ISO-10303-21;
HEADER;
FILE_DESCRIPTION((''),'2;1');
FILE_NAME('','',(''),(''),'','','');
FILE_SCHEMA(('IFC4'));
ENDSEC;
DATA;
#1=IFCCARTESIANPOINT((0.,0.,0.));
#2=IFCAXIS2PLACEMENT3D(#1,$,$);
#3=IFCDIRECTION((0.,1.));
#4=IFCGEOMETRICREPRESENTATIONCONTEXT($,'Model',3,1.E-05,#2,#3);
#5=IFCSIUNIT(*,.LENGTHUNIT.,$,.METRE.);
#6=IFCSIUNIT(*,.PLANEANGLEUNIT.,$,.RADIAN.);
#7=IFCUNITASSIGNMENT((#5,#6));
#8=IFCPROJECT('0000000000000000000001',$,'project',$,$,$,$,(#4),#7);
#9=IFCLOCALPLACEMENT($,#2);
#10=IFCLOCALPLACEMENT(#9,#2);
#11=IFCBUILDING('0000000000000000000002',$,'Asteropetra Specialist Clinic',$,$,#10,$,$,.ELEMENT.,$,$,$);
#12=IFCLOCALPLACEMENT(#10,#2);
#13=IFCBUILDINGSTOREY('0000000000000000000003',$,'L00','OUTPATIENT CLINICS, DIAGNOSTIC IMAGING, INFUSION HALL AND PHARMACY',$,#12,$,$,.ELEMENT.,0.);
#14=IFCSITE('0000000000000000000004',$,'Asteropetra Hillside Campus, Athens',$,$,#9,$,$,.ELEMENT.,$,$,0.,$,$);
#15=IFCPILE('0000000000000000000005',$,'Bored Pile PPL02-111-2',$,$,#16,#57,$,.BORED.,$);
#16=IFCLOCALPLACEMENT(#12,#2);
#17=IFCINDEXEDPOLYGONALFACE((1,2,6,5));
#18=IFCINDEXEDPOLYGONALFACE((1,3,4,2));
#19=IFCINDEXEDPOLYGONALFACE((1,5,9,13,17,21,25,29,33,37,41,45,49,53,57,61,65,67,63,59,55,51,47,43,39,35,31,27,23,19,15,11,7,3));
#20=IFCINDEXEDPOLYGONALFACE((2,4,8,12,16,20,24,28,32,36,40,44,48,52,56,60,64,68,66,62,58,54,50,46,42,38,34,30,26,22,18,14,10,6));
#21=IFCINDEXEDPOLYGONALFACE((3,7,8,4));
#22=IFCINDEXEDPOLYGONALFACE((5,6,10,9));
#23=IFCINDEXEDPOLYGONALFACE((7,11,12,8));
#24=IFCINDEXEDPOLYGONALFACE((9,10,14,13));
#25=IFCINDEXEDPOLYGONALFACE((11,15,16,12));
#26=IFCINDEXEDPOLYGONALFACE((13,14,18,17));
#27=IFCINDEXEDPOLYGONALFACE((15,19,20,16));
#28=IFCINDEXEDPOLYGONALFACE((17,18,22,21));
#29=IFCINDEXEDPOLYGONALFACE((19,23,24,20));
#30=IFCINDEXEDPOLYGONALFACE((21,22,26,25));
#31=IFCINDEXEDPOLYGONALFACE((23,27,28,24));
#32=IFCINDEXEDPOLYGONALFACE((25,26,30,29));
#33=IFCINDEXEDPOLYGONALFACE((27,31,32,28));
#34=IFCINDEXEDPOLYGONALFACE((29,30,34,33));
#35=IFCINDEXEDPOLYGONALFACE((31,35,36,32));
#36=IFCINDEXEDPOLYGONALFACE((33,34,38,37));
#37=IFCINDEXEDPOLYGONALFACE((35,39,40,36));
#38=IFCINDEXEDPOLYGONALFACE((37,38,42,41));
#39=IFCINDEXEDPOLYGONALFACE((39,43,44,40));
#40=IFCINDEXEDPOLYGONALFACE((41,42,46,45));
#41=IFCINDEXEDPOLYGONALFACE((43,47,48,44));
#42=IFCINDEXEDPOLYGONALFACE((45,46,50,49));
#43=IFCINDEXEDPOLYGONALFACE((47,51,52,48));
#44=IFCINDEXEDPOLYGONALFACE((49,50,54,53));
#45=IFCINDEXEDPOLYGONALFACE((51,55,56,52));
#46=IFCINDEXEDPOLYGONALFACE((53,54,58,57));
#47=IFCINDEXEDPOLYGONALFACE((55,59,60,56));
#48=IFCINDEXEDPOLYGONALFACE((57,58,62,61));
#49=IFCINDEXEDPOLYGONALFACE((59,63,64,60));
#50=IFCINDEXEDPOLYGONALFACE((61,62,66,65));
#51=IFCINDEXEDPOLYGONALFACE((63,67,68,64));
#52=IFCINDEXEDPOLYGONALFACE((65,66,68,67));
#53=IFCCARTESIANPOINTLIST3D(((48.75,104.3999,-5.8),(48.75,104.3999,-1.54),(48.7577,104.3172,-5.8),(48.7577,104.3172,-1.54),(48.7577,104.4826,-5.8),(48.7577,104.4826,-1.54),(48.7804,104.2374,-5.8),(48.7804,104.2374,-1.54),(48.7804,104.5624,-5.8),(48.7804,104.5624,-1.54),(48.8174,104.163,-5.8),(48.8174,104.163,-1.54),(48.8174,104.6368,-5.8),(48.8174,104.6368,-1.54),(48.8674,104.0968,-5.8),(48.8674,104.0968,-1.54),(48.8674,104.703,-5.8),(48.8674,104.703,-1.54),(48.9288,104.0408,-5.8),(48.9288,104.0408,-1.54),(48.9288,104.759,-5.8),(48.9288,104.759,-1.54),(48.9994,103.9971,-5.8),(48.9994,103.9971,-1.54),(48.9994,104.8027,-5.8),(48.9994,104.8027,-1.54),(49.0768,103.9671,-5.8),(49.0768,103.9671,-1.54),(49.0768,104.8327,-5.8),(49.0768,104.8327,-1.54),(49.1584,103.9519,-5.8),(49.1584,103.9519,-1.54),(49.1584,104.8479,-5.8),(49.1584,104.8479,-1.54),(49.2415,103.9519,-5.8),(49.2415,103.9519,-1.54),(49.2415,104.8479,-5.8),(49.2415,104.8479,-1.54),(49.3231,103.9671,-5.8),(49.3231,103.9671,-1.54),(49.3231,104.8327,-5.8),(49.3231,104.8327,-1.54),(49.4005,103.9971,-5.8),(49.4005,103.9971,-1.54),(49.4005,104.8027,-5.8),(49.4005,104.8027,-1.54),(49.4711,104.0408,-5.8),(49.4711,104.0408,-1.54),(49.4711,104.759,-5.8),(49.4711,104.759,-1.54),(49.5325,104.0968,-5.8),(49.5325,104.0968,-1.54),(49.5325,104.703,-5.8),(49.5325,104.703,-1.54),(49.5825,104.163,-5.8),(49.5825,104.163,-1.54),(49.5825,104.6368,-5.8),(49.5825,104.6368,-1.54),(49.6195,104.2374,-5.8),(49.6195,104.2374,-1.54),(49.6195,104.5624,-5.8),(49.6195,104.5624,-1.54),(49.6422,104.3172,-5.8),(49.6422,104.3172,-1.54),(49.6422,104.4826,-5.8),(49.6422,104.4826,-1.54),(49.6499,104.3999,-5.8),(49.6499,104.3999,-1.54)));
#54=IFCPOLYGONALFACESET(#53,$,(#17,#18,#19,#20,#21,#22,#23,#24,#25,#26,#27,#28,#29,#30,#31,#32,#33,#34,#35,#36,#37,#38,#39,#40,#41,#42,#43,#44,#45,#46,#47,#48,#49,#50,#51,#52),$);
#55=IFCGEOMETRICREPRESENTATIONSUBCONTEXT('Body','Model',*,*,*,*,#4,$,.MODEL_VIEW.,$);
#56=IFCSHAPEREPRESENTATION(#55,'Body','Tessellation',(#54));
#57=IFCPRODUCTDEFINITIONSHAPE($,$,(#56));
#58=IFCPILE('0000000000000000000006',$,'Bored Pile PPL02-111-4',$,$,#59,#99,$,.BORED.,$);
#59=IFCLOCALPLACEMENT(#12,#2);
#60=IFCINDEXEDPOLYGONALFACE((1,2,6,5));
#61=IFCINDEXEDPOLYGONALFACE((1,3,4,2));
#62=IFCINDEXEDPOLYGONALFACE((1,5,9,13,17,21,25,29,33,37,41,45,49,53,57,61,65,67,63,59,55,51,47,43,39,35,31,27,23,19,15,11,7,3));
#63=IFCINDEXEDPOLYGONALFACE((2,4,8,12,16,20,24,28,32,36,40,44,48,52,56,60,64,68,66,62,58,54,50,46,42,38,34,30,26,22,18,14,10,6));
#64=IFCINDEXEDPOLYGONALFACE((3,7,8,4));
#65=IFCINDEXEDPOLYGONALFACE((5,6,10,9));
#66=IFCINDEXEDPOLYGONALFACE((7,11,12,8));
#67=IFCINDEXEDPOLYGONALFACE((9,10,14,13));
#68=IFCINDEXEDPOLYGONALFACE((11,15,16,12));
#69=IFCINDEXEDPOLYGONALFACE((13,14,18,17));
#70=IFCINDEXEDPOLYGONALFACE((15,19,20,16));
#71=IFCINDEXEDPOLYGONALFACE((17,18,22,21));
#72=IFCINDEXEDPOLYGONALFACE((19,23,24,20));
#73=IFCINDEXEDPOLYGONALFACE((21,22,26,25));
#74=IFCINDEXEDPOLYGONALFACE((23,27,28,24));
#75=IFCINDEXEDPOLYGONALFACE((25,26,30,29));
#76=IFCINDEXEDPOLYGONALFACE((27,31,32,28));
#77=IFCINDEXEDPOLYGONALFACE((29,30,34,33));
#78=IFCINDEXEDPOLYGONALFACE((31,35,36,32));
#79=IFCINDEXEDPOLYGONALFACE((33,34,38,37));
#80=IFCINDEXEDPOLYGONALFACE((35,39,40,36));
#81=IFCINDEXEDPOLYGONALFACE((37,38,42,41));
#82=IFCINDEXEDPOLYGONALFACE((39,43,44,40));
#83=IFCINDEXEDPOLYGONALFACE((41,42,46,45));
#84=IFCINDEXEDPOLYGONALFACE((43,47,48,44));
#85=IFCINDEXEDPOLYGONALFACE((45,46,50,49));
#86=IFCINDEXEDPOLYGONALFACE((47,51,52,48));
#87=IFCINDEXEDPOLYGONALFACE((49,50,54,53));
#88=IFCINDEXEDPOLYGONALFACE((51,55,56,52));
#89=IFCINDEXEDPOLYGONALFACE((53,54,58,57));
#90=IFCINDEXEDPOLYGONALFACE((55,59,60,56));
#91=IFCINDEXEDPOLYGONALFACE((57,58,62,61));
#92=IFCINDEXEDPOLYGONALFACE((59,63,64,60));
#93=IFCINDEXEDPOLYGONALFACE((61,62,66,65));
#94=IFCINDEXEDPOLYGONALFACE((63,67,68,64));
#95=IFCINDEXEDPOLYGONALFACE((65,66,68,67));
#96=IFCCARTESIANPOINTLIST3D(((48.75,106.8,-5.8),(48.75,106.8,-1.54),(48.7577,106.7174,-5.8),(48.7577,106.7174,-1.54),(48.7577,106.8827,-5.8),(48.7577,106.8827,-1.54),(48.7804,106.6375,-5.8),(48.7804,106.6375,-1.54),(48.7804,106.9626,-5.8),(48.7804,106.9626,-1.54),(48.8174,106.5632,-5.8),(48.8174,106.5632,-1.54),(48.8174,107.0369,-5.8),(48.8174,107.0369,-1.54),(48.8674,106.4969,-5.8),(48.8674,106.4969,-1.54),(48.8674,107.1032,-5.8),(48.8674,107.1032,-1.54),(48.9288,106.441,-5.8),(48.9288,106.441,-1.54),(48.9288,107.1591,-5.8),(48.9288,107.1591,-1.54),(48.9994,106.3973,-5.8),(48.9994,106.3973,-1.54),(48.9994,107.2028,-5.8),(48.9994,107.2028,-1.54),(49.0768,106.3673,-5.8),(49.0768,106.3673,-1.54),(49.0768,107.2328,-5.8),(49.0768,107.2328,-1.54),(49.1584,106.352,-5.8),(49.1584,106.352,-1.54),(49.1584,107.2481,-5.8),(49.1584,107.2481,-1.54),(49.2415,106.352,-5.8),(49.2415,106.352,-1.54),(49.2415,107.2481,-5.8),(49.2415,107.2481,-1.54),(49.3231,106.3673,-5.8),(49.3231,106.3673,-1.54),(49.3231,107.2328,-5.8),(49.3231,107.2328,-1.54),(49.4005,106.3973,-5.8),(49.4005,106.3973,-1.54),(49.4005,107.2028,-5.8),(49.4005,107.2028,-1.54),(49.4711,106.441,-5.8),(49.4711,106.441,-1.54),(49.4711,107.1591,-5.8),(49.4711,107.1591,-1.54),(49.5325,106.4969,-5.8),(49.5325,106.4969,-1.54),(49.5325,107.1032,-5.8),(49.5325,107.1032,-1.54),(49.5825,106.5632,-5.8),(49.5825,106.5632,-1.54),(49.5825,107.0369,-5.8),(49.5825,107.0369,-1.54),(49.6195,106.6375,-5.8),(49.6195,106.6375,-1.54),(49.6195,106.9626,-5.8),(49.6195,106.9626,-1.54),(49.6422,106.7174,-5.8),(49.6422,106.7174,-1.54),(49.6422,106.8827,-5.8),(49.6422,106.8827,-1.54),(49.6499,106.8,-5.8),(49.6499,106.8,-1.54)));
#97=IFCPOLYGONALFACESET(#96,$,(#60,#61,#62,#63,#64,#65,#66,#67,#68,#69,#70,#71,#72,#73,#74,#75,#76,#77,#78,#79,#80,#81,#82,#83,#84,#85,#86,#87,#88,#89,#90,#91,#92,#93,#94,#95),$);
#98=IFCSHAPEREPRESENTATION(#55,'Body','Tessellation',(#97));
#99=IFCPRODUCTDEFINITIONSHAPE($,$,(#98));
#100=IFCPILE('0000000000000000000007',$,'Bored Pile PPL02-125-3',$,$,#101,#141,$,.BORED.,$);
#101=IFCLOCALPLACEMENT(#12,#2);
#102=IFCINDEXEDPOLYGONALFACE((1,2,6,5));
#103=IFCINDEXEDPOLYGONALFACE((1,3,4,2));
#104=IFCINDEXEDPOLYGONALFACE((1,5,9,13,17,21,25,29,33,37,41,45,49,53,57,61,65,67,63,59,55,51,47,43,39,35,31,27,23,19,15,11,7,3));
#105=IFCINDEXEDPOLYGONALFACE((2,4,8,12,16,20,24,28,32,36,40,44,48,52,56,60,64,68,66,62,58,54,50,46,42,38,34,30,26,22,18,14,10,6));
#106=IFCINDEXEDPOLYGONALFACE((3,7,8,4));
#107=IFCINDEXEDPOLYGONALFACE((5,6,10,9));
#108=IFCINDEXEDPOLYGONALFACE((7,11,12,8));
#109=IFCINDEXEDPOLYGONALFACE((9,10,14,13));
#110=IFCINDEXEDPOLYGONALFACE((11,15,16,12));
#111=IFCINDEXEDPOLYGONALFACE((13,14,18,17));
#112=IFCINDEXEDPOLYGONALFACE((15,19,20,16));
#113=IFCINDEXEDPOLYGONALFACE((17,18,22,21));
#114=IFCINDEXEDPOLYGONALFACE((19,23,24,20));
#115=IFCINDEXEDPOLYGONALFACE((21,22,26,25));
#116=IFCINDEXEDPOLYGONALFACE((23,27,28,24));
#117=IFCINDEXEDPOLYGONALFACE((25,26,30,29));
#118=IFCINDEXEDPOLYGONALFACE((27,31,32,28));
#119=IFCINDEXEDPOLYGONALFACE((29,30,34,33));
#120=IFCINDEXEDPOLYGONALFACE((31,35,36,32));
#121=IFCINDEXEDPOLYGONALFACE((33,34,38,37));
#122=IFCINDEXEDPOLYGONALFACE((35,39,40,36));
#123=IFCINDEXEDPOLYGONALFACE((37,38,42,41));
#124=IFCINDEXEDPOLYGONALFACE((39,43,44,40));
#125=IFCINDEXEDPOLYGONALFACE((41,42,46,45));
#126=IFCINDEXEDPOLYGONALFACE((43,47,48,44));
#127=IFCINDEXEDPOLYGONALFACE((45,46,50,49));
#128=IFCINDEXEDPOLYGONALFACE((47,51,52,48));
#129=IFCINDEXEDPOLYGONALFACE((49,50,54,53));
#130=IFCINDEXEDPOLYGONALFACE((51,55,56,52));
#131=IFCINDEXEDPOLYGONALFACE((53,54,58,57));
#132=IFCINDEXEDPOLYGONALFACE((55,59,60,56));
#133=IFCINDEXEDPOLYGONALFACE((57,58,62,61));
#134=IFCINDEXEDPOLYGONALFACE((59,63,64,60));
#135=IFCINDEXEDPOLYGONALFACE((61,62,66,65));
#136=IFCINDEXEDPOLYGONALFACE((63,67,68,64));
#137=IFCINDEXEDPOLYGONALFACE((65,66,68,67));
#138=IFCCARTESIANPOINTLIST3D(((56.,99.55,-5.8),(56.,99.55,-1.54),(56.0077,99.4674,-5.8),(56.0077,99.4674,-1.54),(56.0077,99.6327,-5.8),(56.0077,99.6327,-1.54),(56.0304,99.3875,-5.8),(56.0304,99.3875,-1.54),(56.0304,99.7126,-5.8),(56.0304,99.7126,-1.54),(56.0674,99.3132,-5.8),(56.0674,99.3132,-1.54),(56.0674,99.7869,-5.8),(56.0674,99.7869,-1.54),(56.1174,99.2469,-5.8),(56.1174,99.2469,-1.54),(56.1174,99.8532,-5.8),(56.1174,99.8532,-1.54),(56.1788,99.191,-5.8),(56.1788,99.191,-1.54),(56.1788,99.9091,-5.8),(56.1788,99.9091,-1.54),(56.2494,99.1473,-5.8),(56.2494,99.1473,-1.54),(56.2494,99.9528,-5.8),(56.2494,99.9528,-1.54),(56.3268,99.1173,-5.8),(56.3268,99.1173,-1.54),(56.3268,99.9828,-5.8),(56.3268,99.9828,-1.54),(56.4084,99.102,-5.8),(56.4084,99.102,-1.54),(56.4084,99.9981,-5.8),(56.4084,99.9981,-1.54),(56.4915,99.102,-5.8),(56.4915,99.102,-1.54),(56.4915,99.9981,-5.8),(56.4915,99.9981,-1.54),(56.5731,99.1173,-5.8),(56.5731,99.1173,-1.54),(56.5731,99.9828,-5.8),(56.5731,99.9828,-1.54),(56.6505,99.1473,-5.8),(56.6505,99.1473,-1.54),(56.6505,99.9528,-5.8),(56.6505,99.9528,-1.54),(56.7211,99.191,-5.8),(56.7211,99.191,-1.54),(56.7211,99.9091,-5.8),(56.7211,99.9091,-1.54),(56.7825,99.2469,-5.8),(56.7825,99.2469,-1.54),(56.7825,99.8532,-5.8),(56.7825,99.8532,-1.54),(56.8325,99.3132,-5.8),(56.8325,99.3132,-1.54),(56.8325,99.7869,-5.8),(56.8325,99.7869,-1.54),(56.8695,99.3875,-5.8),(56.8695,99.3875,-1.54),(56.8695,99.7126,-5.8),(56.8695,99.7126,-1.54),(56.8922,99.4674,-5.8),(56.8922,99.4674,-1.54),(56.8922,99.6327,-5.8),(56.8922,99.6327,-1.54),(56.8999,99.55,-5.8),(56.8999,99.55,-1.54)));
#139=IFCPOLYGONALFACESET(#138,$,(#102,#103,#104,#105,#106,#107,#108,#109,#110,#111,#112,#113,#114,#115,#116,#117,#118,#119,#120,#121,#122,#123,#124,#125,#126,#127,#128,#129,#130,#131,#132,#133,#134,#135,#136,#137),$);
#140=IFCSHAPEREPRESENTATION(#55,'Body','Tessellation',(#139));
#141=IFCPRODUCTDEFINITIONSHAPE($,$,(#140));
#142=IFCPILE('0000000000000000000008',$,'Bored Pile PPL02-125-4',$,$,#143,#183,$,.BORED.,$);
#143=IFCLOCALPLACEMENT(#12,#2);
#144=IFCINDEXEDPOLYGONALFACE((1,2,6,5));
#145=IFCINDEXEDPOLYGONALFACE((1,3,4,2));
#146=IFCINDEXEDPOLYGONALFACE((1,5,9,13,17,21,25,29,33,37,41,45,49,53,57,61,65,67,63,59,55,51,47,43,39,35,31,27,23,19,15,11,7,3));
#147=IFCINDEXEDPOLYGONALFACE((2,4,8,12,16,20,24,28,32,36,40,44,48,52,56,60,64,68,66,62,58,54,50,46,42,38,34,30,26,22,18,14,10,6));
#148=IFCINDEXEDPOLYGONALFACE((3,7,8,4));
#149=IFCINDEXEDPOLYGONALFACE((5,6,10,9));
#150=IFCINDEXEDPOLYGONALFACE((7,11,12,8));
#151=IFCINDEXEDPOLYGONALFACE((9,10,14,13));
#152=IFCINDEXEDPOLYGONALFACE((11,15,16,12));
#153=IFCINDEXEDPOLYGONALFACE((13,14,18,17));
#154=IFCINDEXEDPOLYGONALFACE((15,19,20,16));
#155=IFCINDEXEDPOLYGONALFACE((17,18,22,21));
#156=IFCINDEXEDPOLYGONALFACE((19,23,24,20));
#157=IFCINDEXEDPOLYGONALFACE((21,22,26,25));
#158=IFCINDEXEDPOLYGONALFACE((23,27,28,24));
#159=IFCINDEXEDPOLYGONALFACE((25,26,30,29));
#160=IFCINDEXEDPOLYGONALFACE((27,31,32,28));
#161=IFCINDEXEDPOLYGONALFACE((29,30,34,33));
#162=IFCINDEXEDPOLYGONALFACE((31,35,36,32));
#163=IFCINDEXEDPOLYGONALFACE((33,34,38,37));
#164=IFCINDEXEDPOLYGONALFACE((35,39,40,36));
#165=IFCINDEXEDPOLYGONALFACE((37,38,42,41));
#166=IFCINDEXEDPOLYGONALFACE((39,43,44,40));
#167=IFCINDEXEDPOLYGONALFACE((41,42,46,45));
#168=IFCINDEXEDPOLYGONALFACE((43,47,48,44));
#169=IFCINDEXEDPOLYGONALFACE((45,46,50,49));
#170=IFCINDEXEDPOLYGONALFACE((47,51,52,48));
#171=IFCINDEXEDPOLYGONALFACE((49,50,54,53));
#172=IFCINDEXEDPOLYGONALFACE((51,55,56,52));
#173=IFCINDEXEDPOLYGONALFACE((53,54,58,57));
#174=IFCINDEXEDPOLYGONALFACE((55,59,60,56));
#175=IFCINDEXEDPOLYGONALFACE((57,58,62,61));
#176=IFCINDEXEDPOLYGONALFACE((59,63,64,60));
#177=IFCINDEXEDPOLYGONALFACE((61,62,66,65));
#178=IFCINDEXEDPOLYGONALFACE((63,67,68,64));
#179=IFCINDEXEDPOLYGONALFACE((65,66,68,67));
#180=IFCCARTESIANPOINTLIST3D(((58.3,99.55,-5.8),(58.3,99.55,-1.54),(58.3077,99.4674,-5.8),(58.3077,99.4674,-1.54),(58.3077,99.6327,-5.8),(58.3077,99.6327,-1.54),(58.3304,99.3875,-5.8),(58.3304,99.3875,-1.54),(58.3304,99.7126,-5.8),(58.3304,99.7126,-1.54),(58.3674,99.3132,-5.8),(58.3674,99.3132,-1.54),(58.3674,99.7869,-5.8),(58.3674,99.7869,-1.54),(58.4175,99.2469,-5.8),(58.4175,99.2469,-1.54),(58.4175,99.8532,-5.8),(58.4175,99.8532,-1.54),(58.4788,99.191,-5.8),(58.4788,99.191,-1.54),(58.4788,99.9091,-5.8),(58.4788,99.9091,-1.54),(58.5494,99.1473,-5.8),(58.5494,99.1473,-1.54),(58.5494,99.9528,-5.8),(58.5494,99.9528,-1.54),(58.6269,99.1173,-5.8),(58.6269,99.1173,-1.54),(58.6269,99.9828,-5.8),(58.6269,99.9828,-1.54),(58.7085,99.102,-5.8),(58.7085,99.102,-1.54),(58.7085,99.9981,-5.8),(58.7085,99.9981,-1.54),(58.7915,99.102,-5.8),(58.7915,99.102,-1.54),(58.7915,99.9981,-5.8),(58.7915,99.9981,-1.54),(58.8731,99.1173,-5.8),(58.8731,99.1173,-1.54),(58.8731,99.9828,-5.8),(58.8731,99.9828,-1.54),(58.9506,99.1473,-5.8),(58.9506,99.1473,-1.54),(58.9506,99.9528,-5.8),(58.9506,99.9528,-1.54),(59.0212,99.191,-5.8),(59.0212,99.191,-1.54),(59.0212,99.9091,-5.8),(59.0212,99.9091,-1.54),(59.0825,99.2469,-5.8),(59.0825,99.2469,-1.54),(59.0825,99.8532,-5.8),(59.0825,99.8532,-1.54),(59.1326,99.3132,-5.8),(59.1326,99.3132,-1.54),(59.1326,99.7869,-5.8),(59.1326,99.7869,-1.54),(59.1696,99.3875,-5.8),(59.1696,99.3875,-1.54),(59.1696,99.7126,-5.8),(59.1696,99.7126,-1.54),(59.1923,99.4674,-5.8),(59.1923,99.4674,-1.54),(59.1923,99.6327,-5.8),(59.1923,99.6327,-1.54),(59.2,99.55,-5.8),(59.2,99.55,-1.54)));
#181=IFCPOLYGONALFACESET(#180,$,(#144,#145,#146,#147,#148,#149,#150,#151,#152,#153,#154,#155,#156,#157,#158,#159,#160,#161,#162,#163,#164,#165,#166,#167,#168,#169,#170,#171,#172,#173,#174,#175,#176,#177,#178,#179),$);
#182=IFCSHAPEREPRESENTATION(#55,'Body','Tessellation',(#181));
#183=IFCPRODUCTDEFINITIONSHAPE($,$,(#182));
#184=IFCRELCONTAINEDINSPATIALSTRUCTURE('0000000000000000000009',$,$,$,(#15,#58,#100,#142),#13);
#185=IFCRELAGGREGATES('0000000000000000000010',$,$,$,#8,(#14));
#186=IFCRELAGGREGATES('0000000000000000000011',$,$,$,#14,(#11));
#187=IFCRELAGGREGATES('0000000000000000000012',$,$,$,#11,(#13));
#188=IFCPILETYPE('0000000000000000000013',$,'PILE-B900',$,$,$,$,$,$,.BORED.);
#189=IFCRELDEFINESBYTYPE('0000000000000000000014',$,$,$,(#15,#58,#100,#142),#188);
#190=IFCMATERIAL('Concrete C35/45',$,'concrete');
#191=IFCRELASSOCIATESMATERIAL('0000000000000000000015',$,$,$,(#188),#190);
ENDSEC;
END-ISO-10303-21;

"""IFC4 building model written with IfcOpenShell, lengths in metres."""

from ifc_helpers import new_model, si_unit, direction, frame, origin, origin_2d, place, context, subcontext, project, spatial, circle, extrude, material, material_profile, profile_set, type_object, element, save


model = new_model("IFC4")

# Units and contexts
model_context = context("Model", 3, precision=1e-05, world=origin(), true_north=direction((0.0, 1.0)))
body_context = subcontext(model_context, "Body", "Model", "MODEL_VIEW")
ifc_project = project(units=[si_unit("LENGTHUNIT", "METRE"), si_unit("PLANEANGLEUNIT", "RADIAN")], contexts=[model_context])

# Site, building, storey
site_placement = place(None, origin())
site = spatial("IfcSite", under=ifc_project, at=site_placement, Name="Asteropetra Hillside Campus, Athens", CompositionType="ELEMENT", RefElevation=0.0)
building_placement = place(site_placement, origin())
building = spatial("IfcBuilding", under=site, at=building_placement, Name="Asteropetra Specialist Clinic", CompositionType="ELEMENT")
storey_placement = place(building_placement, origin())
storey = spatial("IfcBuildingStorey", under=building, at=storey_placement, Name="L00", Description="OUTPATIENT CLINICS, DIAGNOSTIC IMAGING, INFUSION HALL AND PHARMACY", CompositionType="ELEMENT", Elevation=0.0)

# Piles
ifc_material_1 = material(Name="Concrete C35/45", Category="concrete")
ifc_material_profile_1 = material_profile(ifc_material_1, circle(Radius=0.45, at=origin_2d()), Name="PILE D900")
ifc_profile_set_1 = profile_set([ifc_material_profile_1], Name="Concrete C35/45")
pile_type_1 = type_object("IfcPileType", Name="PILE-B900", PredefinedType="BORED", material=ifc_profile_set_1)
for number, where, z_axis, x_axis, name in (
    (1, (49.2, 104.3999, -1.54), (0.0, 0.0, -1.0), (1.0, 0.0, 0.0), "Bored Pile PPL02-111-2"),
    (2, (49.2, 106.8, -1.54), (0.0, 0.0, -1.0), (1.0, 0.0, 0.0), "Bored Pile PPL02-111-4"),
    (3, (56.45, 99.55, -1.54), (0.0, 0.0, -1.0), (1.0, 0.0, 0.0), "Bored Pile PPL02-125-3"),
    (4, (58.75, 99.55, -1.54), (0.0, 0.0, -1.0), (1.0, 0.0, 0.0), "Bored Pile PPL02-125-4"),
):
    element("IfcPile", number, at=place(storey_placement, frame(where, z_axis=z_axis, x_axis=x_axis)), inside=storey, type_object=pile_type_1, Name=name, PredefinedType="BORED", context=body_context, shape_type="SweptSolid", body=[
        extrude(circle(Radius=0.45, at=origin_2d()), origin(), (0.0, 0.0, 1.0), 4.26),
    ])

save(model, "model.ifc")
